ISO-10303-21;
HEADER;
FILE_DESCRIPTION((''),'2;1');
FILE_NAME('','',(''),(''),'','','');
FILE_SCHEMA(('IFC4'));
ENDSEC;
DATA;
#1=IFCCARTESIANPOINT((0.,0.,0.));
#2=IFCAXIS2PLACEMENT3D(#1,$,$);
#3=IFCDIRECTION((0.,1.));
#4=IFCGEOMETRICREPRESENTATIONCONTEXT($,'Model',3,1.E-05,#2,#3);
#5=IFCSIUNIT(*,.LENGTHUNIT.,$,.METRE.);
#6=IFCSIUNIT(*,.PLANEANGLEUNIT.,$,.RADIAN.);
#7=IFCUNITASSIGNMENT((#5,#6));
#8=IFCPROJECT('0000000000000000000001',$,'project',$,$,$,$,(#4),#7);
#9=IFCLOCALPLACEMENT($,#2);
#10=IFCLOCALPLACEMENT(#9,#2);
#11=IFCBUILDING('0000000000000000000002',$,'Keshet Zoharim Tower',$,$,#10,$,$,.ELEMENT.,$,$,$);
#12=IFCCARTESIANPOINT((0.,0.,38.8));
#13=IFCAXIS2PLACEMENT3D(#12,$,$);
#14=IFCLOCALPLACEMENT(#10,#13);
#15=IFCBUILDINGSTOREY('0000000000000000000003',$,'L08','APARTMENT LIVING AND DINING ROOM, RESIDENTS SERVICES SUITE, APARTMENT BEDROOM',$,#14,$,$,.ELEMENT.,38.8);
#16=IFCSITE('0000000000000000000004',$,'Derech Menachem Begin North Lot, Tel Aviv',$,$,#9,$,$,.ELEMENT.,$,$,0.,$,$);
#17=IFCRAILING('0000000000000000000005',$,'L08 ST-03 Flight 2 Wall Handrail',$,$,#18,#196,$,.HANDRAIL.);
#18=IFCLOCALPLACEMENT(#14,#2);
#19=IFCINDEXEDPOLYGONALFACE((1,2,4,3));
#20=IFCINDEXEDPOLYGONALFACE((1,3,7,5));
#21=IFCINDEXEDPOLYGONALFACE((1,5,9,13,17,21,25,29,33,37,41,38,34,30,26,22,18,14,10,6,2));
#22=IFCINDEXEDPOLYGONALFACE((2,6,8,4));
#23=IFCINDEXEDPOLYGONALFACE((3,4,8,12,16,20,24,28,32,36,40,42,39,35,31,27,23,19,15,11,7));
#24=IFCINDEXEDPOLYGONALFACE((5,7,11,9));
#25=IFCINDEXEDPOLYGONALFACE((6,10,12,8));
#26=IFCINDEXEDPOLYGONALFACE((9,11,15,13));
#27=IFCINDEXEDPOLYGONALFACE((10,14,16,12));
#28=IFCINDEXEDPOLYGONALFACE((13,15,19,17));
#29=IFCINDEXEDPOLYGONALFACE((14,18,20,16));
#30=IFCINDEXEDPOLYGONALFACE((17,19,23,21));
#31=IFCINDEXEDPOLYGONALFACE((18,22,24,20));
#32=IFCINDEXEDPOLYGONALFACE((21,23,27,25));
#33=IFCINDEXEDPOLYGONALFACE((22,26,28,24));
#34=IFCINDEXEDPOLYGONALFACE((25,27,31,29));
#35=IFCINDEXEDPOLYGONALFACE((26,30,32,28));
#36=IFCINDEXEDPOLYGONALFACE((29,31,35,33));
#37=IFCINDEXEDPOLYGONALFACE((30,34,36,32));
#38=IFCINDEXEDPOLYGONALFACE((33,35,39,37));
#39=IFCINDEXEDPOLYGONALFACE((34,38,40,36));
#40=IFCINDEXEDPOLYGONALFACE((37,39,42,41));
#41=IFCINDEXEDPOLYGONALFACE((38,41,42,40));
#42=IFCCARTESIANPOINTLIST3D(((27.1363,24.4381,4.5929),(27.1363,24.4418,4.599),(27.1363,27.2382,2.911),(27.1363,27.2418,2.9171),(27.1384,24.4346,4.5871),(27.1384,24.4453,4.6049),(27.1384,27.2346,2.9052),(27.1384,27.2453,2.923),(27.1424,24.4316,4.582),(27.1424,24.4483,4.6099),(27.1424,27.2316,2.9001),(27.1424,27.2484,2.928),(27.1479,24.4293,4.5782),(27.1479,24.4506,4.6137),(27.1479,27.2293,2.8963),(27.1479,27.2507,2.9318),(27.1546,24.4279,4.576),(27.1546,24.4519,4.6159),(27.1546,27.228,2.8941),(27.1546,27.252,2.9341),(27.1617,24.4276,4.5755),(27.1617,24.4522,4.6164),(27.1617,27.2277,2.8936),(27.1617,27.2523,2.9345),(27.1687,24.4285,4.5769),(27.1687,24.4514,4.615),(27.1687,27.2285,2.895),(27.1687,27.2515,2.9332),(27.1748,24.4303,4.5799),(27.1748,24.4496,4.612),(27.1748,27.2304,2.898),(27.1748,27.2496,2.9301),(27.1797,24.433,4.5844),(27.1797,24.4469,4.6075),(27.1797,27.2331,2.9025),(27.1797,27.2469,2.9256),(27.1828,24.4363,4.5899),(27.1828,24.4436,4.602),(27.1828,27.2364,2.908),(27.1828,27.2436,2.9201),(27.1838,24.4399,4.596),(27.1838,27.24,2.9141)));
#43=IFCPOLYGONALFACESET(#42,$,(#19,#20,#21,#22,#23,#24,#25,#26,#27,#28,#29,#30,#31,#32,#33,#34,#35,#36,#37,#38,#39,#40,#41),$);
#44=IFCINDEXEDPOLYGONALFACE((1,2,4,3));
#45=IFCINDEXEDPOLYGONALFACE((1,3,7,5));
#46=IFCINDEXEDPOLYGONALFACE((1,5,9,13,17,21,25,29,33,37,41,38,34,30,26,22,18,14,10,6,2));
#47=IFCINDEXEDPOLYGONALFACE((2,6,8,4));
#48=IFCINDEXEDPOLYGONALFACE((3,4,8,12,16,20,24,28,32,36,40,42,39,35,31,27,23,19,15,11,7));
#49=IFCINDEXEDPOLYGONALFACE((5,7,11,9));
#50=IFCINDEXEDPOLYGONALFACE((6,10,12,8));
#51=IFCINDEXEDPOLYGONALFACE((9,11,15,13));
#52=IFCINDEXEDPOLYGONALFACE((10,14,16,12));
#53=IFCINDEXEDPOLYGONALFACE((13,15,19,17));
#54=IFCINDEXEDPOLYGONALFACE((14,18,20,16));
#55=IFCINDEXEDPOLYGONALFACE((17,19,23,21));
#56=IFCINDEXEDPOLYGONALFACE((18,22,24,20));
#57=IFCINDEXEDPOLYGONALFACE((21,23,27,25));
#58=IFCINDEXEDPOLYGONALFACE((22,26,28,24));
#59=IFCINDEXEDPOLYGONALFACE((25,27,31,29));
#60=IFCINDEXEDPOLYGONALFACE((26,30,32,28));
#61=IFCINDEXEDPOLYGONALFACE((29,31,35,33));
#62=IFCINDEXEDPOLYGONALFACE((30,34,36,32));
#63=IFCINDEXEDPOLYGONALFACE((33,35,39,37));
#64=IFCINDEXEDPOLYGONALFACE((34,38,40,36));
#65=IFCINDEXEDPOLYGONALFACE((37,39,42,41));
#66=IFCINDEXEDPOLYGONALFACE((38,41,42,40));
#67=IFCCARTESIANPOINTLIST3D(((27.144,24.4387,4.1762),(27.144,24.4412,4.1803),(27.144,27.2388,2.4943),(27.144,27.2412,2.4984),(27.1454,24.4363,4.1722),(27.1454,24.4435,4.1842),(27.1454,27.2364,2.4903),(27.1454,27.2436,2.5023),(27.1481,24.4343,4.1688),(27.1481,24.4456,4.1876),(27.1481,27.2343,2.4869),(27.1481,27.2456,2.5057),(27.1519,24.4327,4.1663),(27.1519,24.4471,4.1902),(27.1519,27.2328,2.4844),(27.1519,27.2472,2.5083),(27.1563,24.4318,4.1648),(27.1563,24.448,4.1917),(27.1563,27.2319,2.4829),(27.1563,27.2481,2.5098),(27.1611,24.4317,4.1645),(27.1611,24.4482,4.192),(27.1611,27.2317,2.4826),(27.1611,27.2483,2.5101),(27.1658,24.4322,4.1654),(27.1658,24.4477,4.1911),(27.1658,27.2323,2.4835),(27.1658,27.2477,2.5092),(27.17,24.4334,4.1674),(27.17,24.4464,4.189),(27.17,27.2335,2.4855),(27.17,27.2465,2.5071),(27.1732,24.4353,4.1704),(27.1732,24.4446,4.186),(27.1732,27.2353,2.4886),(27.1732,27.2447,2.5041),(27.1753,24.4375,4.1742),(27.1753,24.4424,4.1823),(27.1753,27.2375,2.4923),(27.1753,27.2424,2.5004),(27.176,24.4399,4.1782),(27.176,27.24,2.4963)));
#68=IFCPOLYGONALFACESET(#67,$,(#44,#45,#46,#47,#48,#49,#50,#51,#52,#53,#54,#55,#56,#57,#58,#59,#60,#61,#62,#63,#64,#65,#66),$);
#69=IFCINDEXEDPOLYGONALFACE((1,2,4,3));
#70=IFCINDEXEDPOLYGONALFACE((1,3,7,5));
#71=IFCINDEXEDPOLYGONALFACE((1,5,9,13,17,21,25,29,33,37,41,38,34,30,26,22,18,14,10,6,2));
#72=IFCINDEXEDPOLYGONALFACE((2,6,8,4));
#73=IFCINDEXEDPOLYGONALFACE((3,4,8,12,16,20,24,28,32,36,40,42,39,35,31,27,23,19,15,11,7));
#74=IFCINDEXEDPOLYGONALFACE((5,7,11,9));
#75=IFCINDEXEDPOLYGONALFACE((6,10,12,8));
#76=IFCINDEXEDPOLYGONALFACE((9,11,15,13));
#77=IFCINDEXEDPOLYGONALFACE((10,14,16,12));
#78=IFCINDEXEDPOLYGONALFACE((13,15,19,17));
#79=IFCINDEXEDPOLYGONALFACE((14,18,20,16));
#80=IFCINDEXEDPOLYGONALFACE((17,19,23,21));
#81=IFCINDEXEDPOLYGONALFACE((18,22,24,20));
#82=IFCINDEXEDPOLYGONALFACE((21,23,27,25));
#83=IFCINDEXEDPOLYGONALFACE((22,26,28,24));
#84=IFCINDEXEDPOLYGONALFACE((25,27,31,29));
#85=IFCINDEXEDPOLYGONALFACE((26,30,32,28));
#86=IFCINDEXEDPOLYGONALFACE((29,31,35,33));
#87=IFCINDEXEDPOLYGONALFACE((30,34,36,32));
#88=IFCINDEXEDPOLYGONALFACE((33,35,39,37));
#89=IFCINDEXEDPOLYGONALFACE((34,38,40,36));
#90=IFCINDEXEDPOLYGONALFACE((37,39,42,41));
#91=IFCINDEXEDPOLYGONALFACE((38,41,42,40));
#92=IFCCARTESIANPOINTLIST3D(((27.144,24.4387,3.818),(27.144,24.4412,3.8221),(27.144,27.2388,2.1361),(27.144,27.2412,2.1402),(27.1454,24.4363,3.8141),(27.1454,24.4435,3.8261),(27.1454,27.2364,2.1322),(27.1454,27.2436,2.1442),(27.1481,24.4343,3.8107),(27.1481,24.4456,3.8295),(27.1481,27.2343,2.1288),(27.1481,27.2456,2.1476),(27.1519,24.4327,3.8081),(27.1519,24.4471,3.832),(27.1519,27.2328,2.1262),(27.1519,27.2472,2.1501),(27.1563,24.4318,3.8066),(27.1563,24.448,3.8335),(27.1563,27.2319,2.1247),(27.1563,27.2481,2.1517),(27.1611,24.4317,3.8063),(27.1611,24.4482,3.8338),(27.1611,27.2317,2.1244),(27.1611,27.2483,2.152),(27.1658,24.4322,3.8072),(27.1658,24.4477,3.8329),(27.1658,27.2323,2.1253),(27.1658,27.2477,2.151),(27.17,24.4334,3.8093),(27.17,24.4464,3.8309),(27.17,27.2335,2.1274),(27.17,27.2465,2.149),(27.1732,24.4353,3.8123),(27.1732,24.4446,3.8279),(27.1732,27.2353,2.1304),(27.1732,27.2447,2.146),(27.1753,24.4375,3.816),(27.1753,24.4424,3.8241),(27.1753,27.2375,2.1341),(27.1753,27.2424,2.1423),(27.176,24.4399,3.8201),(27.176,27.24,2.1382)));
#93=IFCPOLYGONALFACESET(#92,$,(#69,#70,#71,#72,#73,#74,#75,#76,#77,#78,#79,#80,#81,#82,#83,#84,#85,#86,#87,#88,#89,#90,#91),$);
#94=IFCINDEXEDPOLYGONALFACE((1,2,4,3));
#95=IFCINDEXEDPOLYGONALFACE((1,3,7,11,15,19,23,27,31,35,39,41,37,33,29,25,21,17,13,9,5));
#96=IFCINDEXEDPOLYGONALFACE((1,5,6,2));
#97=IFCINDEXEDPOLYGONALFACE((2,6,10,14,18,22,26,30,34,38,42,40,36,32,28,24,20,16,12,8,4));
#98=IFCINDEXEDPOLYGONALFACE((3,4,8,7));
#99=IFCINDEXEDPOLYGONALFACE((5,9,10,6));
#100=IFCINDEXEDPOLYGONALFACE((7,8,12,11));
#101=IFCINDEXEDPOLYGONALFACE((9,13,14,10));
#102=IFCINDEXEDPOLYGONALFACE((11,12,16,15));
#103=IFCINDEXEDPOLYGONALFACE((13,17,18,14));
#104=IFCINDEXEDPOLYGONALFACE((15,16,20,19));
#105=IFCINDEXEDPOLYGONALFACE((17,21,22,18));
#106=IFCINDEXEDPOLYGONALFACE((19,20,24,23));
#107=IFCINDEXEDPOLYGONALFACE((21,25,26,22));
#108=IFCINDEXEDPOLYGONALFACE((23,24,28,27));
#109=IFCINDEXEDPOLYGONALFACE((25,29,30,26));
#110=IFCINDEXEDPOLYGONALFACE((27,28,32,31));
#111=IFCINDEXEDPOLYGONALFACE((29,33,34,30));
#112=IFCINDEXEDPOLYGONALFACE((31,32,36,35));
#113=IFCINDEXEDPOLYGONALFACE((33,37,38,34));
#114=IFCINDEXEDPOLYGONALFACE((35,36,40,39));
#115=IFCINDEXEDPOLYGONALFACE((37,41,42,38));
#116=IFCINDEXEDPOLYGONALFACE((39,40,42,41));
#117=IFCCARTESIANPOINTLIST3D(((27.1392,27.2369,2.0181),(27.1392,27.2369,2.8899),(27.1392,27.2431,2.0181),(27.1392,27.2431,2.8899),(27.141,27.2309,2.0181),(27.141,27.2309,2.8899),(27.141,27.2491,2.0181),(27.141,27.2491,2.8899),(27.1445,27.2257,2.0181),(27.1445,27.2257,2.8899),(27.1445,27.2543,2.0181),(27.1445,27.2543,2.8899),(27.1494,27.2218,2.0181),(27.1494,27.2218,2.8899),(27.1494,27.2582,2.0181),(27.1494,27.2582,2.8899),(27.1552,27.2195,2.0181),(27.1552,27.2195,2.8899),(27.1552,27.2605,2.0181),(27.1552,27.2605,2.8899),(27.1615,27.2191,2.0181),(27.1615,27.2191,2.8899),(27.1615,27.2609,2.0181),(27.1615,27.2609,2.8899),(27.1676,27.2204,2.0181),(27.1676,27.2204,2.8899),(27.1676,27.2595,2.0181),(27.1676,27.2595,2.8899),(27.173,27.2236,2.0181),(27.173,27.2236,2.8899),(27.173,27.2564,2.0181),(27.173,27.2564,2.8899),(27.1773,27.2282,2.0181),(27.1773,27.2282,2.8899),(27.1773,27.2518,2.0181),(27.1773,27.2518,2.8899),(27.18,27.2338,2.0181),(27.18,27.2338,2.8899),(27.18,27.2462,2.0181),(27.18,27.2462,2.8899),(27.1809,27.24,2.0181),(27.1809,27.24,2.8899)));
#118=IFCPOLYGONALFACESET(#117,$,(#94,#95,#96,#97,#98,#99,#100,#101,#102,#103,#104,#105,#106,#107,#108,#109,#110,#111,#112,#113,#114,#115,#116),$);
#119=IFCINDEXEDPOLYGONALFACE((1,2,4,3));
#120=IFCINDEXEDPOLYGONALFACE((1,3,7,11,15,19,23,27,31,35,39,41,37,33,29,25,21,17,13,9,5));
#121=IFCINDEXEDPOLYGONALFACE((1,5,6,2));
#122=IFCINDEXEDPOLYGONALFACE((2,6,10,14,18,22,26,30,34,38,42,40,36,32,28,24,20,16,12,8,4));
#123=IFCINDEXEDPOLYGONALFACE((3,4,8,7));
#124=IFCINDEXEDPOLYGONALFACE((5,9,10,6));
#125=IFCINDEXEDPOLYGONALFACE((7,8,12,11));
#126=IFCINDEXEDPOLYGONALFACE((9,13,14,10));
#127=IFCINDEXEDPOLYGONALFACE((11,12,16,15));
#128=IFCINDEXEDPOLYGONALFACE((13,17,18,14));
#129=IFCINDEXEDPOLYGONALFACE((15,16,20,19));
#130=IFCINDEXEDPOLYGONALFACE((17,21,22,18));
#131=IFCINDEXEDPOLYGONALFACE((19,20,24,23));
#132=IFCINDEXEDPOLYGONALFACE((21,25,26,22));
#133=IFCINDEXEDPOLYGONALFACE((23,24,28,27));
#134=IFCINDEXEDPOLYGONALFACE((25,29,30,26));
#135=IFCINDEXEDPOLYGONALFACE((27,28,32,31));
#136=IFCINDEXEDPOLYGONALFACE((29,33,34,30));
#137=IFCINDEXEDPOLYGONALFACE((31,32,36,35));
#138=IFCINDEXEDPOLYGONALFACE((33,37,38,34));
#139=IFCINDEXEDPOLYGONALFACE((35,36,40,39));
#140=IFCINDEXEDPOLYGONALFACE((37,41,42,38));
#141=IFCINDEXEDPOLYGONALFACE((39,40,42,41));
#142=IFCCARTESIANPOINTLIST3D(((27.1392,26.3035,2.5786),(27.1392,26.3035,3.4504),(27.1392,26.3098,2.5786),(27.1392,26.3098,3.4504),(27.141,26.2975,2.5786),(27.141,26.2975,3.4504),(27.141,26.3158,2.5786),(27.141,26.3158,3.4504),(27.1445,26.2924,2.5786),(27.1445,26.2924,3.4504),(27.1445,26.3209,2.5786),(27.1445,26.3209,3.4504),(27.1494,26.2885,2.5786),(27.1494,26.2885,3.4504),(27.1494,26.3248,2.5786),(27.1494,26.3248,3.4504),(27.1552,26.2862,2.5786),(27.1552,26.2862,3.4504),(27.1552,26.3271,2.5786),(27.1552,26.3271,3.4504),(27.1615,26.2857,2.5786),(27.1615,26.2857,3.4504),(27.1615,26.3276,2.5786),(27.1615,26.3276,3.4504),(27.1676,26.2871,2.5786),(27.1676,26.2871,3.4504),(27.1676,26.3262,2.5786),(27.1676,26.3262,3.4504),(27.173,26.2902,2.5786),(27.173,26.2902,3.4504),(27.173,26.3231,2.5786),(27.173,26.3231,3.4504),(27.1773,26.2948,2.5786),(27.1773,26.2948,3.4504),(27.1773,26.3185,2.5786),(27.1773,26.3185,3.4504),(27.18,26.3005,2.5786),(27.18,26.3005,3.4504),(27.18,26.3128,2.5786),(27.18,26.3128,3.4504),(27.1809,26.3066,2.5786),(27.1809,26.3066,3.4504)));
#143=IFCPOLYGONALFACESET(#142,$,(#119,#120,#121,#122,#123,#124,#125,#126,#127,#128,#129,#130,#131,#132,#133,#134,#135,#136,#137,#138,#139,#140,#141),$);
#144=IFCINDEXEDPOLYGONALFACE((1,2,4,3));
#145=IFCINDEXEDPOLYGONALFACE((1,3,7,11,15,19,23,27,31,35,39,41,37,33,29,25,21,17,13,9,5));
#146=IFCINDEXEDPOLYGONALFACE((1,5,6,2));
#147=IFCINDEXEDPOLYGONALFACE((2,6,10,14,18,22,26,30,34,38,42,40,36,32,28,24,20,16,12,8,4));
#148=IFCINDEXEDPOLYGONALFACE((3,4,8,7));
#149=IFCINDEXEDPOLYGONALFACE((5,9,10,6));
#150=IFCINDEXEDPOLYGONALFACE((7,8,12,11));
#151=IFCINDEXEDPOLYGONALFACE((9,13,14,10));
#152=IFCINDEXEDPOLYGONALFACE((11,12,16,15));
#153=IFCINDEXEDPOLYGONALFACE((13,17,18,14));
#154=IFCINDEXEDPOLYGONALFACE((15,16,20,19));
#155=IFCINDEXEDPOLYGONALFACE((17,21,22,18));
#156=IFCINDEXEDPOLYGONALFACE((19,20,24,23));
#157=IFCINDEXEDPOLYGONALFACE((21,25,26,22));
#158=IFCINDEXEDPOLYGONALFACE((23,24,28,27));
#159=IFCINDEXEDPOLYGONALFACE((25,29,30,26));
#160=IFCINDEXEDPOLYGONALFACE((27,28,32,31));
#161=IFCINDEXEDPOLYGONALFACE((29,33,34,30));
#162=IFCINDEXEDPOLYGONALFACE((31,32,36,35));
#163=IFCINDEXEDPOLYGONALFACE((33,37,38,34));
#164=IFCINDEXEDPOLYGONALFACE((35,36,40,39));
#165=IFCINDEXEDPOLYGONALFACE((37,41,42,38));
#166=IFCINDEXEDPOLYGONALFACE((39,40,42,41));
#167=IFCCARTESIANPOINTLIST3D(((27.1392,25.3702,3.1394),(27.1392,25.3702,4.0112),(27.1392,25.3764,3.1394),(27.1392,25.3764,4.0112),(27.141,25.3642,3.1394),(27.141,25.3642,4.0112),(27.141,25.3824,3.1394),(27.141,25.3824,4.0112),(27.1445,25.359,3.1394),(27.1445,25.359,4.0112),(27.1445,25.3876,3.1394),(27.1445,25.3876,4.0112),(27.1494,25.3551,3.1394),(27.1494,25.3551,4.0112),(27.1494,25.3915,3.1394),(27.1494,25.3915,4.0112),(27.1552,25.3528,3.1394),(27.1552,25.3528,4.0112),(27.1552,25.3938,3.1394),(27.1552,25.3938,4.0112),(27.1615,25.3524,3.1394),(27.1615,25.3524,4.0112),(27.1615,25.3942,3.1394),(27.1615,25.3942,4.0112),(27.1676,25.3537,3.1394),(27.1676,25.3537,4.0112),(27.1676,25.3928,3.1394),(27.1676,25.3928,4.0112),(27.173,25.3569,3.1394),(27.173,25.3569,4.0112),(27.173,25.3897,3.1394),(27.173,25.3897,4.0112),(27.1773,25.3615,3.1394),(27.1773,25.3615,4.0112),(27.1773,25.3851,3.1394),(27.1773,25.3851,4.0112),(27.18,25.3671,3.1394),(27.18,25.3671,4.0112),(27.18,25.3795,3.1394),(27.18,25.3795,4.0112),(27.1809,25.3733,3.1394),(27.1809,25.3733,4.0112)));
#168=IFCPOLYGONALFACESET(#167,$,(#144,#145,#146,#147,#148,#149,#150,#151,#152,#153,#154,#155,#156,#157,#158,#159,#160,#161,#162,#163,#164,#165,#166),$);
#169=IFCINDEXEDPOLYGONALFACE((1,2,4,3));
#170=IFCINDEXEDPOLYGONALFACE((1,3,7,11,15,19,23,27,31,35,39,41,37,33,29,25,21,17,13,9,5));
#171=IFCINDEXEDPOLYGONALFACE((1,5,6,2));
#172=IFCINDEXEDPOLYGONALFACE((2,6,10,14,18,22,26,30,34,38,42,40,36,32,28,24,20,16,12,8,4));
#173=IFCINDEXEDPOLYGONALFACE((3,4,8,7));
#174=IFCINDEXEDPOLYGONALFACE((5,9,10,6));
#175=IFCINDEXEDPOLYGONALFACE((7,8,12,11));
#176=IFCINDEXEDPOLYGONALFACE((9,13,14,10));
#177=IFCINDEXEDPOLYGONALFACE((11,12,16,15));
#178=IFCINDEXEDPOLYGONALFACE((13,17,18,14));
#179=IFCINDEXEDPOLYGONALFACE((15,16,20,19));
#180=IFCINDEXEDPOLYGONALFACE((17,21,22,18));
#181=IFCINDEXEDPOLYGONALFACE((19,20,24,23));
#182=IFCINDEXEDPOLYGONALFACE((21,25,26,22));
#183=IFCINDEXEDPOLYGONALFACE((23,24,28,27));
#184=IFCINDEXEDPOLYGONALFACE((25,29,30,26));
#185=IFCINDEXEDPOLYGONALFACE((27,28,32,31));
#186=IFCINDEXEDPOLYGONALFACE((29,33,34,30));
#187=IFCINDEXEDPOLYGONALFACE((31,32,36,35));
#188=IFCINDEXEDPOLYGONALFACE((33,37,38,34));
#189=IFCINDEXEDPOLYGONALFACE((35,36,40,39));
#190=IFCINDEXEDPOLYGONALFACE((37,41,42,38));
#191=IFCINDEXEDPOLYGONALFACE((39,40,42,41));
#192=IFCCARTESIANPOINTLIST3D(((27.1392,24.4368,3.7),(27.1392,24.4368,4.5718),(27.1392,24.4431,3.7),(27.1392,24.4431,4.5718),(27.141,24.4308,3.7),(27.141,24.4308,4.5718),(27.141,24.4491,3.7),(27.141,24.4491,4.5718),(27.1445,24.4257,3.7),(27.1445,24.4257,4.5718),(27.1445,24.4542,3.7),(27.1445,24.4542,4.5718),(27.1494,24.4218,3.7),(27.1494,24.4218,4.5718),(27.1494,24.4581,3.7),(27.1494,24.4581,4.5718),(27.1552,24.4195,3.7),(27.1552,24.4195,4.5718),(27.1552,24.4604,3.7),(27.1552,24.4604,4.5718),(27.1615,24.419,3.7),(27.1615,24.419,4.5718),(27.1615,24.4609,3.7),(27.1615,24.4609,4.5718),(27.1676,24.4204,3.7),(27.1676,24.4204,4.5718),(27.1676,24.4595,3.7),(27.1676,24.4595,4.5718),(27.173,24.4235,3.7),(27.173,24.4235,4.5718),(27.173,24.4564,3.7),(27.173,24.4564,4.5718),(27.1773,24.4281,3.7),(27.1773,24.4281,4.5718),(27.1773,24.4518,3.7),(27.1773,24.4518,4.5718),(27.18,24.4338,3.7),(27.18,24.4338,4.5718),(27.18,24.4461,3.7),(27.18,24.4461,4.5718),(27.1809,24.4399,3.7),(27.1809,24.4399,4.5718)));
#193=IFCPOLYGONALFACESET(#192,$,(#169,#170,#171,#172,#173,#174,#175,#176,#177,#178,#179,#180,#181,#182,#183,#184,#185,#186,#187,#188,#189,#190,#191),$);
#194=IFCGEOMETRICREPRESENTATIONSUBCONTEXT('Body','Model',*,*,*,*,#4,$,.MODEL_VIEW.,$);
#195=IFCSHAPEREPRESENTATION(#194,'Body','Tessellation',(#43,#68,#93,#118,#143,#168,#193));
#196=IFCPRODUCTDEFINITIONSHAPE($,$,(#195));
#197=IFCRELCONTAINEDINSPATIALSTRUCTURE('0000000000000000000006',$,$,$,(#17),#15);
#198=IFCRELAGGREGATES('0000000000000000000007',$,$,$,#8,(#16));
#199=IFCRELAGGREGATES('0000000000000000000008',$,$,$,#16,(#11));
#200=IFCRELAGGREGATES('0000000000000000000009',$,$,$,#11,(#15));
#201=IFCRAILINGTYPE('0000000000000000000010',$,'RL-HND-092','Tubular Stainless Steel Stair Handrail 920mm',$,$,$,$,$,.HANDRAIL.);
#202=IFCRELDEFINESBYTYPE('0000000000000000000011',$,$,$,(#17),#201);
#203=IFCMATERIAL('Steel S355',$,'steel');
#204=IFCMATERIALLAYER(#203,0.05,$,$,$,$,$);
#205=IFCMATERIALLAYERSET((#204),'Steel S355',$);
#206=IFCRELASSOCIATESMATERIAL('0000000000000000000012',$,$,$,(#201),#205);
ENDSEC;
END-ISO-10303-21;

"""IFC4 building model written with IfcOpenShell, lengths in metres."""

from ifc_helpers import new_model, si_unit, direction, frame, origin, origin_2d, place, context, subcontext, project, spatial, circle, extrude, material, layer, layer_set, type_object, element, save


model = new_model("IFC4")

# Units and contexts
model_context = context("Model", 3, precision=1e-05, world=origin(), true_north=direction((0.0, 1.0)))
body_context = subcontext(model_context, "Body", "Model", "MODEL_VIEW")
ifc_project = project(units=[si_unit("LENGTHUNIT", "METRE"), si_unit("PLANEANGLEUNIT", "RADIAN")], contexts=[model_context])

# Site, building, storey
site_placement = place(None, origin())
site = spatial("IfcSite", under=ifc_project, at=site_placement, Name="Derech Menachem Begin North Lot, Tel Aviv", CompositionType="ELEMENT", RefElevation=0.0)
building_placement = place(site_placement, origin())
building = spatial("IfcBuilding", under=site, at=building_placement, Name="Keshet Zoharim Tower", CompositionType="ELEMENT")
storey_placement = place(building_placement, frame((0.0, 0.0, 38.8)))
storey = spatial("IfcBuildingStorey", under=building, at=storey_placement, Name="L08", Description="APARTMENT LIVING AND DINING ROOM, RESIDENTS SERVICES SUITE, APARTMENT BEDROOM", CompositionType="ELEMENT", Elevation=38.8)

# Shared definitions
ifc_material_1 = material(Name="Steel S355", Category="steel")

# Railing
ifc_layer_1 = layer(ifc_material_1, 0.05)
ifc_layer_set_1 = layer_set([ifc_layer_1], Name="Steel S355")
railing_type = type_object("IfcRailingType", Name="RL-HND-092", Description="Tubular Stainless Steel Stair Handrail 920mm", PredefinedType="HANDRAIL", material=ifc_layer_set_1)
railing_placement = place(storey_placement, frame((27.1599, 27.24, 2.0181)))
element("IfcRailing", 1, at=railing_placement, inside=storey, type_object=railing_type, Name="L08 ST-03 Flight 2 Wall Handrail", PredefinedType="HANDRAIL", context=body_context, shape_type="SweptSolid", body=[
    extrude(circle(Radius=0.0239, at=origin_2d()), frame((0.0, 0.0, 0.896), z_axis=(0.0, -0.857242, 0.514913), x_axis=(1.0, 0.0, 0.0)), (0.0, 0.0, 1.0), 3.2664),
    extrude(circle(Radius=0.0161, at=origin_2d()), frame((0.0, 0.0, 0.4783), z_axis=(0.0, -0.857242, 0.514913), x_axis=(1.0, 0.0, 0.0)), (0.0, 0.0, 1.0), 3.2664),
    extrude(circle(Radius=0.0161, at=origin_2d()), frame((0.0, 0.0, 0.1201), z_axis=(0.0, -0.857242, 0.514913), x_axis=(1.0, 0.0, 0.0)), (0.0, 0.0, 1.0), 3.2664),
    extrude(circle(Radius=0.021, at=origin_2d()), origin(), (0.0, 0.0, 1.0), 0.8718),
    extrude(circle(Radius=0.021, at=origin_2d()), frame((0.0, -0.9333, 0.5605)), (0.0, 0.0, 1.0), 0.8718),
    extrude(circle(Radius=0.021, at=origin_2d()), frame((0.0, -1.8667, 1.1213)), (0.0, 0.0, 1.0), 0.8718),
    extrude(circle(Radius=0.021, at=origin_2d()), frame((0.0, -2.8, 1.6819)), (0.0, 0.0, 1.0), 0.8718),
])

save(model, "model.ifc")
